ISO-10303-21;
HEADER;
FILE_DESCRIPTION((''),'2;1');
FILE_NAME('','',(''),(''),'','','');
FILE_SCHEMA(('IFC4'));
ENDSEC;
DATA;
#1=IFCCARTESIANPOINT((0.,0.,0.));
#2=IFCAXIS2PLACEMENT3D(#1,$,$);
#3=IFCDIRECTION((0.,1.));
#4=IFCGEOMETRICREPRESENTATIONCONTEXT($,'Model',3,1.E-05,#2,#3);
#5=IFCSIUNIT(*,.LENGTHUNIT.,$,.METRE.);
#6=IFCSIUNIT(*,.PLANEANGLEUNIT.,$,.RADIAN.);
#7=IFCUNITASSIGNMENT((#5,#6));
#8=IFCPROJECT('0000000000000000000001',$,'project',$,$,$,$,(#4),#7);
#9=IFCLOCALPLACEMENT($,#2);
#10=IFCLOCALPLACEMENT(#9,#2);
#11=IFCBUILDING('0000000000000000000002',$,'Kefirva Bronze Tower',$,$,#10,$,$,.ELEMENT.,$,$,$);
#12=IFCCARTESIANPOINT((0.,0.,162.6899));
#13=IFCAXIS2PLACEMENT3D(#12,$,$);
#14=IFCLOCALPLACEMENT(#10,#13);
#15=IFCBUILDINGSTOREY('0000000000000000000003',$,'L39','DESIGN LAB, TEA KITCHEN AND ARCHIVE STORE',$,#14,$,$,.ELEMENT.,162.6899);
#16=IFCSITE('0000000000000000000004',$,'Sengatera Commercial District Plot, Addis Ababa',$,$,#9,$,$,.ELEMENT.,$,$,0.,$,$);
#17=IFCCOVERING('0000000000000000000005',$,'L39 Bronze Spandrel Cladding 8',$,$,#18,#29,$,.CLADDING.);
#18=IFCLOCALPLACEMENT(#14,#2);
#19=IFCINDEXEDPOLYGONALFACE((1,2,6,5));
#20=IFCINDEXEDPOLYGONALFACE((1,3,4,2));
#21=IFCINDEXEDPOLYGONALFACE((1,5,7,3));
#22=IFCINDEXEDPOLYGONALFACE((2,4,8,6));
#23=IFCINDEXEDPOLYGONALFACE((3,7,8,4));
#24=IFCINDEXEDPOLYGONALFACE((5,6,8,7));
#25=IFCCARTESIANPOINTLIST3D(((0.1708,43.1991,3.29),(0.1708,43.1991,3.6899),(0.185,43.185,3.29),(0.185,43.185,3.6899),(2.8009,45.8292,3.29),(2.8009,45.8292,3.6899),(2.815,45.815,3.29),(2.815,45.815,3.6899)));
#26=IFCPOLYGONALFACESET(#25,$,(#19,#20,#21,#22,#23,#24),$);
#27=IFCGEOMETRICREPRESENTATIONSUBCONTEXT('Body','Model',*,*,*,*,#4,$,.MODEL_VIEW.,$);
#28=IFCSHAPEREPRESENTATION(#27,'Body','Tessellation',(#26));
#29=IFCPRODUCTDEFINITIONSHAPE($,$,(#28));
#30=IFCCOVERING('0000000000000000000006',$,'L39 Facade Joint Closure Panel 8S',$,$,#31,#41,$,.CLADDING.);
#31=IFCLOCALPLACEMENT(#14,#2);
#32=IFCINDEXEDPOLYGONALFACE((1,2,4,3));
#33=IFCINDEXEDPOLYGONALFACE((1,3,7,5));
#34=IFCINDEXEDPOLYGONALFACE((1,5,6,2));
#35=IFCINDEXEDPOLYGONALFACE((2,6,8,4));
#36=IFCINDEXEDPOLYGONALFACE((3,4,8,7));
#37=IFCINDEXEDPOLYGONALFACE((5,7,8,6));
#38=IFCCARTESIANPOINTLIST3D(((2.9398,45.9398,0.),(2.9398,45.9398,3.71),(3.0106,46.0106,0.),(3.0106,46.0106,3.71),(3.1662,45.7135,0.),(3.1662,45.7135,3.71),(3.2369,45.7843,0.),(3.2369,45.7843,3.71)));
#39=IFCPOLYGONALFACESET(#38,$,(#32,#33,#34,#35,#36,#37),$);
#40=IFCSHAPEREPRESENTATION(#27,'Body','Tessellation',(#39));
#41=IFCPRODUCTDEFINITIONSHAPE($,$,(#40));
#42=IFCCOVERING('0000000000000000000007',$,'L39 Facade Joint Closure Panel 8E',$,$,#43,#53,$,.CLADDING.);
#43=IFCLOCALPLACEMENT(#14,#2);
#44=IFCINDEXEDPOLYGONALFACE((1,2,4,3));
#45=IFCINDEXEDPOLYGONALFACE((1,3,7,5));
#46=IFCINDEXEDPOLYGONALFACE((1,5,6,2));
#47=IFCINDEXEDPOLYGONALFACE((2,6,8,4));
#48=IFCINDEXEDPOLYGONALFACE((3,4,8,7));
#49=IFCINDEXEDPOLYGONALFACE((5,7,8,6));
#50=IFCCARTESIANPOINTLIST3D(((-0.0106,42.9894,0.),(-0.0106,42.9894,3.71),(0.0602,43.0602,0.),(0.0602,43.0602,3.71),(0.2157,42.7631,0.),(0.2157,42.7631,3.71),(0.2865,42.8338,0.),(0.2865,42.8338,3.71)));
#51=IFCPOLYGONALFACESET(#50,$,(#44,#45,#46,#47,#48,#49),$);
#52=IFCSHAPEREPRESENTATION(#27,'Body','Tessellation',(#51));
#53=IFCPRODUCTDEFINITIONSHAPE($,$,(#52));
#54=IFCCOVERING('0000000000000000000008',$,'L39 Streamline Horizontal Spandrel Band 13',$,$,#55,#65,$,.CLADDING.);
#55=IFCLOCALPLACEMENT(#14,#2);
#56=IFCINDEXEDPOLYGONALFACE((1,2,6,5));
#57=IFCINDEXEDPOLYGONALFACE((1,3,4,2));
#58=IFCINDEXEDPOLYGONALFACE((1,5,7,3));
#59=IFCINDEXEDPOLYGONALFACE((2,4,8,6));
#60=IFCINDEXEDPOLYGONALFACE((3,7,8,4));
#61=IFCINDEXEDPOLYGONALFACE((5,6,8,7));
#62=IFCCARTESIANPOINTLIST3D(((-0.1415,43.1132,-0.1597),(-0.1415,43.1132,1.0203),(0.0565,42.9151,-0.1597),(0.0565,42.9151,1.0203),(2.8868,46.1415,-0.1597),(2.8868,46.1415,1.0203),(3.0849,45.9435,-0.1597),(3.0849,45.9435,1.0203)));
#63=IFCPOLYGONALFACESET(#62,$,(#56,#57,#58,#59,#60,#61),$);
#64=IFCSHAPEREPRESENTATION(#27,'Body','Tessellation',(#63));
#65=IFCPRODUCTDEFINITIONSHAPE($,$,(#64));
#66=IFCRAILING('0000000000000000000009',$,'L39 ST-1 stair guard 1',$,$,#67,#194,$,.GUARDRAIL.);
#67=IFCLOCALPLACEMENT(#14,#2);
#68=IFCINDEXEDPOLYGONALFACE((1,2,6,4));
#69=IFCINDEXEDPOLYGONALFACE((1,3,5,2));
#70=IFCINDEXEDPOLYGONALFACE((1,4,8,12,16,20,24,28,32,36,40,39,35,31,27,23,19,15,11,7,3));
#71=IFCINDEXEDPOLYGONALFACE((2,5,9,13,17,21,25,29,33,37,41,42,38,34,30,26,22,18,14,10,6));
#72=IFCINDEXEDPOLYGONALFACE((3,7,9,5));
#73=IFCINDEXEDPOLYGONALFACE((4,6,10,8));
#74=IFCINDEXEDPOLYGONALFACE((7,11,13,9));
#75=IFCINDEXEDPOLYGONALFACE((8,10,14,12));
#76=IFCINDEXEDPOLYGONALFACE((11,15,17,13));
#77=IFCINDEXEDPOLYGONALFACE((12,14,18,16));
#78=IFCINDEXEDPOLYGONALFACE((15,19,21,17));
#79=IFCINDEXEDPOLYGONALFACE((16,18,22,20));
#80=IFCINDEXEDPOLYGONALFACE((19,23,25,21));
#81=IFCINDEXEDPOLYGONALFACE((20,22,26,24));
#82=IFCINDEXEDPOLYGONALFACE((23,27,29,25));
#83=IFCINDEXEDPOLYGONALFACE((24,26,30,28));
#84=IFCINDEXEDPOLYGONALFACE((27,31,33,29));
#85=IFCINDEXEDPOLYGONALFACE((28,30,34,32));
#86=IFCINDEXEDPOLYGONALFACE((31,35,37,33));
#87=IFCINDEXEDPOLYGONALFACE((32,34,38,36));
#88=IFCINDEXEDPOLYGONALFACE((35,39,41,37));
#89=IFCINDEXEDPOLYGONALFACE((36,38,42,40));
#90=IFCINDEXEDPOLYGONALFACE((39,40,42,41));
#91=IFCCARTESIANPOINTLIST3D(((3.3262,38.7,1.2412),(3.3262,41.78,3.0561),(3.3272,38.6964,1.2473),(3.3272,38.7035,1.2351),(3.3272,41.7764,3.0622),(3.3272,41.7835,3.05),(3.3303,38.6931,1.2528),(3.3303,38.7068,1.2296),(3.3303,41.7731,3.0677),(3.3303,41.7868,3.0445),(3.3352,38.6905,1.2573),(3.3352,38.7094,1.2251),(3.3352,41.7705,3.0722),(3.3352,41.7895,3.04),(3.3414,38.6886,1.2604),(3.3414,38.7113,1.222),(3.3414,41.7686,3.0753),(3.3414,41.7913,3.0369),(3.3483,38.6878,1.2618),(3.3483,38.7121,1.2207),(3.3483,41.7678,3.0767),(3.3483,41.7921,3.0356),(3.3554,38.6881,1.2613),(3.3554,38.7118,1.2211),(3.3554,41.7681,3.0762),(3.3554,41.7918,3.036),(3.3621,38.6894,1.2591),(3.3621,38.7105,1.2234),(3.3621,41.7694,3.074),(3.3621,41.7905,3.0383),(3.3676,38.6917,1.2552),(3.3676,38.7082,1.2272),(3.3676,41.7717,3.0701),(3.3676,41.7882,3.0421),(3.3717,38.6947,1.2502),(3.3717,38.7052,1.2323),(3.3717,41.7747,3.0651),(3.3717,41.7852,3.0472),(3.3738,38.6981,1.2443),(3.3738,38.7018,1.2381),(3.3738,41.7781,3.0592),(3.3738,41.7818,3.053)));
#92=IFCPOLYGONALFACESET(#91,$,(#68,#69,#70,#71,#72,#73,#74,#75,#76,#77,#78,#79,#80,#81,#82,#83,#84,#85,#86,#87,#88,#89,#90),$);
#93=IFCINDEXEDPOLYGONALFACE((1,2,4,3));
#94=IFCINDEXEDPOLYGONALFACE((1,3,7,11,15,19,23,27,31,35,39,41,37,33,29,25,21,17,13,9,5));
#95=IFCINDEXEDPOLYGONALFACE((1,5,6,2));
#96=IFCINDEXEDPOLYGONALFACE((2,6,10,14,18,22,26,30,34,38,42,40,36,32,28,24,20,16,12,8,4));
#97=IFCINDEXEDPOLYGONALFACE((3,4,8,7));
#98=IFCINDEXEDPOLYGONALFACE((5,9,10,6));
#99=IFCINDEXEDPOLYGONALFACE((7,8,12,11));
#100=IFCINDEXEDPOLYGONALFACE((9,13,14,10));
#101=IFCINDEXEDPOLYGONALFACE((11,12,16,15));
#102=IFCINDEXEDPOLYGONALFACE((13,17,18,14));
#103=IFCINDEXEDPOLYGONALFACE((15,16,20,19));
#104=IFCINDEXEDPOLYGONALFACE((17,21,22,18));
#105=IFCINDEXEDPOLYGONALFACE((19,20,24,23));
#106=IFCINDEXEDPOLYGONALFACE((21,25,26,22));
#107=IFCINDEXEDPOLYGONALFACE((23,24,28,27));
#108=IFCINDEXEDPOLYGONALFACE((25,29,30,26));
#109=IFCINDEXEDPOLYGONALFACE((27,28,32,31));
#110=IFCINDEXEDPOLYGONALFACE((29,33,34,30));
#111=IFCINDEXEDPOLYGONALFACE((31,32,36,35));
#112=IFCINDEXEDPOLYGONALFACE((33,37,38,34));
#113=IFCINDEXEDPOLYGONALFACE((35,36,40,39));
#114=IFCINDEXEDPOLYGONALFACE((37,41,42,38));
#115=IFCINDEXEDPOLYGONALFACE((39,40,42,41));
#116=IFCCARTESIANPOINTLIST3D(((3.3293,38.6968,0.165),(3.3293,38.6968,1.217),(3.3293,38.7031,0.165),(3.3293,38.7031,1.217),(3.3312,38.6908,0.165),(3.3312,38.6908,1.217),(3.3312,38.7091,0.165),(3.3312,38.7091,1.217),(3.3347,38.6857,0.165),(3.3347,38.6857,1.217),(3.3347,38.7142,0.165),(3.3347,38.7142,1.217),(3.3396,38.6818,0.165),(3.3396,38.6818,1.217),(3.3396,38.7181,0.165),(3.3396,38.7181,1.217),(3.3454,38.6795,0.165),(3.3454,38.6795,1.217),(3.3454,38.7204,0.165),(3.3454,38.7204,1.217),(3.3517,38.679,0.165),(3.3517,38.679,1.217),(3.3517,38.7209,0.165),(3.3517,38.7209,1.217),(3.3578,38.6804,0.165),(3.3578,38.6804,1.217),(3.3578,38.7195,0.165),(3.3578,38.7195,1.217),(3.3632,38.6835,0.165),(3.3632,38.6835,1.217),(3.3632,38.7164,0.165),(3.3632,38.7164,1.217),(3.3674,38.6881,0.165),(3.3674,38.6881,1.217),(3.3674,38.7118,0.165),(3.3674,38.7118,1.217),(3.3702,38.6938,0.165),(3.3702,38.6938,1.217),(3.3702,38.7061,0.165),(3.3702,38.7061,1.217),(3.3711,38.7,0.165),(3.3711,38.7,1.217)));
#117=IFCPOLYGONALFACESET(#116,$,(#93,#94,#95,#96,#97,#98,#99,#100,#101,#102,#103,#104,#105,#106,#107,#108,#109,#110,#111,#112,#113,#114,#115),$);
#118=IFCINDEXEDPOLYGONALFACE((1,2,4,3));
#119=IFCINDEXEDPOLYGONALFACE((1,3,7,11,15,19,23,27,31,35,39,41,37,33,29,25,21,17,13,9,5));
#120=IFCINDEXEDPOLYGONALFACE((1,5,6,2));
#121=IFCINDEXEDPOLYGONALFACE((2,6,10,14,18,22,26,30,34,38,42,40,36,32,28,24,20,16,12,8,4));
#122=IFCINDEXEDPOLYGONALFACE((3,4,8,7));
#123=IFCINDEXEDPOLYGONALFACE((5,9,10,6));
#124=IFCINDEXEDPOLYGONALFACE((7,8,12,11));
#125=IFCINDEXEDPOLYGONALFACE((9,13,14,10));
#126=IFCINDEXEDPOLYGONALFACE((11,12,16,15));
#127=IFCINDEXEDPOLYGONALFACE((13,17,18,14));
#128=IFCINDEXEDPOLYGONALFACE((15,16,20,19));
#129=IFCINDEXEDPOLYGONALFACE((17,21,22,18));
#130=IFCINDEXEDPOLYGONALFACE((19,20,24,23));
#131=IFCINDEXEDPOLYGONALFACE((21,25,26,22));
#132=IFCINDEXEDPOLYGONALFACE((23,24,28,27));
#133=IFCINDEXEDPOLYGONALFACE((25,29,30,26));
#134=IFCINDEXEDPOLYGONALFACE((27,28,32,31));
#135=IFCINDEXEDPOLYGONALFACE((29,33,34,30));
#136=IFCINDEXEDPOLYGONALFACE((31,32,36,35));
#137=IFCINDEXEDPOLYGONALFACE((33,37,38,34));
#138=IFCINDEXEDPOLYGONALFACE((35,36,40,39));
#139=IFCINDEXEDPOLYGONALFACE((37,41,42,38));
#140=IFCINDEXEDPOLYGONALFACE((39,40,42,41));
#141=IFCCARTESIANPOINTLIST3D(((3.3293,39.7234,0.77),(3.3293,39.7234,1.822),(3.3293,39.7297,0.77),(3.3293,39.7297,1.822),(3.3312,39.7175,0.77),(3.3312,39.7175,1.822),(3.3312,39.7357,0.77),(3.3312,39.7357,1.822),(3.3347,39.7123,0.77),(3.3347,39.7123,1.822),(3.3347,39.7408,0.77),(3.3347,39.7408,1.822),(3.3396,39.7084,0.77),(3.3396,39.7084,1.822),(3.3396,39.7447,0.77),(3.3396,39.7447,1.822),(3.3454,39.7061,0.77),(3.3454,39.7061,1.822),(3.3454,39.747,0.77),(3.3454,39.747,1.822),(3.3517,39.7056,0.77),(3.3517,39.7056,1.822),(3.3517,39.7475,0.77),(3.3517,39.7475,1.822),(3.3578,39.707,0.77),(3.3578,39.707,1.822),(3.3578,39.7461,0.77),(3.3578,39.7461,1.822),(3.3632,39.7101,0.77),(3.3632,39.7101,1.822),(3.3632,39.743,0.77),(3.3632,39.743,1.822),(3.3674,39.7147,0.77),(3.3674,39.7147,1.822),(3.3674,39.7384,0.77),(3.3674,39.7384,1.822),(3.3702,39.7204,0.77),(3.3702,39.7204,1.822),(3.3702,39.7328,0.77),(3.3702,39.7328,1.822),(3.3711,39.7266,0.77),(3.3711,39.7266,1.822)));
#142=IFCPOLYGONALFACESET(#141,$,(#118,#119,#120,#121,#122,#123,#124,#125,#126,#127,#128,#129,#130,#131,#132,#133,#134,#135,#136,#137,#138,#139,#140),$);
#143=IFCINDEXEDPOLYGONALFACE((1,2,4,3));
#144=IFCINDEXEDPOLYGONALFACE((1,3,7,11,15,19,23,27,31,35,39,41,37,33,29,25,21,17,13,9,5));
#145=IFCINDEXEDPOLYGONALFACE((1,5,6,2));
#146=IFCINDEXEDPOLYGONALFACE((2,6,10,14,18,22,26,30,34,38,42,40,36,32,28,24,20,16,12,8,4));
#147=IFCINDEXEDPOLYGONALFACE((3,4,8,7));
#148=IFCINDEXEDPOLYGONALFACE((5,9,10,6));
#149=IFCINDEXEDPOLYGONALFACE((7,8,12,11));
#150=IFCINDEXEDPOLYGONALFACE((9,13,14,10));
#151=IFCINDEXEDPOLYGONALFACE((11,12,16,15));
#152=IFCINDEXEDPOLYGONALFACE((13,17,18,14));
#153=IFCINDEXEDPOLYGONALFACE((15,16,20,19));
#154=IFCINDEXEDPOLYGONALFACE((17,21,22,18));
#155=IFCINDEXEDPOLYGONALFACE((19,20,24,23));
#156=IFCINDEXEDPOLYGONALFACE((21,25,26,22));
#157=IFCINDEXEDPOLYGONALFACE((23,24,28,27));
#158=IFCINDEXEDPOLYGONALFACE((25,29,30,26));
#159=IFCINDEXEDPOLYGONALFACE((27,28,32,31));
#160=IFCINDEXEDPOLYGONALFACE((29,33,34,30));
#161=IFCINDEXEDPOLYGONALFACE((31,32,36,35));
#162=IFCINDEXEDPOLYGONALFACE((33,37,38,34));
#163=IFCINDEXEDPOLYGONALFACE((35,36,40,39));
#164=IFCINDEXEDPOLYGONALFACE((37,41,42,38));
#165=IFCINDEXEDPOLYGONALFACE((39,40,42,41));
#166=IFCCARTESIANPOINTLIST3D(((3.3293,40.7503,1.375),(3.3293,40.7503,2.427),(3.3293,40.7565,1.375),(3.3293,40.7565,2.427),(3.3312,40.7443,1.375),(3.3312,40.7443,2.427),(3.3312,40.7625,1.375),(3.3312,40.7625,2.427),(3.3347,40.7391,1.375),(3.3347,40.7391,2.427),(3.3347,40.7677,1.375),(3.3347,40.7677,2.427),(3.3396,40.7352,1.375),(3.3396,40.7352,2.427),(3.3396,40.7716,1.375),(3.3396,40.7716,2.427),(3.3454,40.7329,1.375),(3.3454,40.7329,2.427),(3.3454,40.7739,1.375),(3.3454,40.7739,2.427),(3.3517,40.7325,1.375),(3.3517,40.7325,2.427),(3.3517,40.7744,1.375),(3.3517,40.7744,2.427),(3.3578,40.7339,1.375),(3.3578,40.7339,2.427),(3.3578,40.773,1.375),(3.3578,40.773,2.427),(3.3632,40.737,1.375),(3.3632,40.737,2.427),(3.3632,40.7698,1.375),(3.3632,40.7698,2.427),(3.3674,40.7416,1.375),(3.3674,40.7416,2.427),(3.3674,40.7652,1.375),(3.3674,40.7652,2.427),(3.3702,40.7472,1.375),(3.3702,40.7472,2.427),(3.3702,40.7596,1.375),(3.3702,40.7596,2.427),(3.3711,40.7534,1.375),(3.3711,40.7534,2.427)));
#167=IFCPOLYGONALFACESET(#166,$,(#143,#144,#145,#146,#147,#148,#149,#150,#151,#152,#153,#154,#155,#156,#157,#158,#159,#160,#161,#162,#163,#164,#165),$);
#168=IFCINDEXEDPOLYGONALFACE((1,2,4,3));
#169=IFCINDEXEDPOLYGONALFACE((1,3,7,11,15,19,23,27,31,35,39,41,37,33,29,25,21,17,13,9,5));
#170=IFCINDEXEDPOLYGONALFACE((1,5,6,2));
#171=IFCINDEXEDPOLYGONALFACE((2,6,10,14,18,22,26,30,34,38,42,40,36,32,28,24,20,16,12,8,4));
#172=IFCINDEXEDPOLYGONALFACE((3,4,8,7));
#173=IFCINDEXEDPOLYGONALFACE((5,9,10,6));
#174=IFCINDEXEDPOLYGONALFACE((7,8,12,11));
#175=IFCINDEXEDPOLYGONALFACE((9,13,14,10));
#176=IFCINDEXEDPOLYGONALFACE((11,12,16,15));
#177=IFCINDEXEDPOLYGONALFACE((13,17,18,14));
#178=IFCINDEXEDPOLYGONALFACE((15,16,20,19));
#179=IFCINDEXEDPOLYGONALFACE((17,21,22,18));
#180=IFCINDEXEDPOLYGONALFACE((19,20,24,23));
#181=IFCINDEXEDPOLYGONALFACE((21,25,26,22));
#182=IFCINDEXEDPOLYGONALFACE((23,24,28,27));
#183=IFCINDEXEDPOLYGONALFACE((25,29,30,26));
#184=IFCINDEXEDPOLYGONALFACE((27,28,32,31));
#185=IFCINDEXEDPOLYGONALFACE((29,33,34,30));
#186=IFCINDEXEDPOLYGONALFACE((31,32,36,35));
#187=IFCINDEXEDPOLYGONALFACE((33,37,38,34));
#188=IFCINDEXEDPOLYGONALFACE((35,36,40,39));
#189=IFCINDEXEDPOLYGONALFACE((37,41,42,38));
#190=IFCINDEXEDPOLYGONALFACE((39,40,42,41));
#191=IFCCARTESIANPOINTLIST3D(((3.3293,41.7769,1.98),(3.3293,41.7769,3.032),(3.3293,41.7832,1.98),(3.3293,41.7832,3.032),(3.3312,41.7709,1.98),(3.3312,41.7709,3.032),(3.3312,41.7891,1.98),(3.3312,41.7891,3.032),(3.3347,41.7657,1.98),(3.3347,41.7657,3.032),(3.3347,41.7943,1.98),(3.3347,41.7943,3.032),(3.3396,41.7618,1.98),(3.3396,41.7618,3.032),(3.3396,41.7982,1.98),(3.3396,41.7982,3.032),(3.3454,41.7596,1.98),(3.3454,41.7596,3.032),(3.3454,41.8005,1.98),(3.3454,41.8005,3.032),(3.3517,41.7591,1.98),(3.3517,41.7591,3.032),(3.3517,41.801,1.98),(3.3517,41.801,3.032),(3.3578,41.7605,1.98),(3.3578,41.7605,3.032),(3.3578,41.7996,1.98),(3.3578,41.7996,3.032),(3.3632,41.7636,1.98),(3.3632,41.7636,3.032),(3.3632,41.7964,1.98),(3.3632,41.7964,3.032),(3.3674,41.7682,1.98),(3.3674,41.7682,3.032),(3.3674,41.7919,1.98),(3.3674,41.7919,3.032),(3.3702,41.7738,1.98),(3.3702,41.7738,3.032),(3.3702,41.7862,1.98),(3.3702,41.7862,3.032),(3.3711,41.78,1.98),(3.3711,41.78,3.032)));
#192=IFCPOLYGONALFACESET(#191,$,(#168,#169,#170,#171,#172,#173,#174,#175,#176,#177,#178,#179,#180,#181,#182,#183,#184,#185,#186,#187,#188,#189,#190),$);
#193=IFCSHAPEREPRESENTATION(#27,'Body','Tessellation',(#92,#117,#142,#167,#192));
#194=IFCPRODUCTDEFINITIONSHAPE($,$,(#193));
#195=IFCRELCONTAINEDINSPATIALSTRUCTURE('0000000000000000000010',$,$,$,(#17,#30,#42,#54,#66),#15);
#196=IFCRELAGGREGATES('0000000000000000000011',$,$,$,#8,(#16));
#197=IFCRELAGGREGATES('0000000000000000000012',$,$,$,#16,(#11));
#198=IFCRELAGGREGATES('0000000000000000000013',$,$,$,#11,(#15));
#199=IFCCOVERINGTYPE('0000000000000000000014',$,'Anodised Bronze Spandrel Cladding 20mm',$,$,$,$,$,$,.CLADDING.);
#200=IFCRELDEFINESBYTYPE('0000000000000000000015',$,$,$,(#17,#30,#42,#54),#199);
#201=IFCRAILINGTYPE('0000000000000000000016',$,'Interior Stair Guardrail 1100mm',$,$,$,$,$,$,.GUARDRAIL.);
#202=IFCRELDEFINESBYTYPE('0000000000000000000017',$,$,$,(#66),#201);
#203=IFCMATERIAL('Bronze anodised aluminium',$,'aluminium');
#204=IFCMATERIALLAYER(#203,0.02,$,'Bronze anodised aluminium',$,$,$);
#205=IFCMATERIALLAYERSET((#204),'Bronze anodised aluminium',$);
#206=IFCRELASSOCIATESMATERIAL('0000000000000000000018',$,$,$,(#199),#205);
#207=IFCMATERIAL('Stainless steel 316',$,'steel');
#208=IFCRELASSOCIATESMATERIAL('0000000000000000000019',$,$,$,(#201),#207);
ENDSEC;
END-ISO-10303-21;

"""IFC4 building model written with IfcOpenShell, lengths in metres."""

from ifc_helpers import new_model, si_unit, direction, frame, origin, origin_2d, place, context, subcontext, project, spatial, rectangle, circle, extrude, material, layer, layer_set, type_object, element, save


model = new_model("IFC4")

# Units and contexts
model_context = context("Model", 3, precision=1e-05, world=origin(), true_north=direction((0.0, 1.0)))
body_context = subcontext(model_context, "Body", "Model", "MODEL_VIEW")
ifc_project = project(units=[si_unit("LENGTHUNIT", "METRE"), si_unit("PLANEANGLEUNIT", "RADIAN")], contexts=[model_context])

# Site, building, storey
site_placement = place(None, origin())
site = spatial("IfcSite", under=ifc_project, at=site_placement, Name="Sengatera Commercial District Plot, Addis Ababa", CompositionType="ELEMENT", RefElevation=0.0)
building_placement = place(site_placement, origin())
building = spatial("IfcBuilding", under=site, at=building_placement, Name="Kefirva Bronze Tower", CompositionType="ELEMENT")
storey_placement = place(building_placement, frame((0.0, 0.0, 162.6899)))
storey = spatial("IfcBuildingStorey", under=building, at=storey_placement, Name="L39", Description="DESIGN LAB, TEA KITCHEN AND ARCHIVE STORE", CompositionType="ELEMENT", Elevation=162.6899)

# Shared definitions
ifc_material_1 = material(Name="Bronze anodised aluminium", Category="aluminium")

# Coverings
ifc_layer_1 = layer(ifc_material_1, 0.02, Name="Bronze anodised aluminium")
ifc_layer_set_1 = layer_set([ifc_layer_1], Name="Bronze anodised aluminium")
covering_type_1 = type_object("IfcCoveringType", Name="Anodised Bronze Spandrel Cladding 20mm", PredefinedType="CLADDING", material=ifc_layer_set_1)
covering_1_placement = place(storey_placement, frame((1.4929, 44.5071, 3.29), z_axis=(0.0, 0.0, 1.0), x_axis=(-0.707107, -0.707107, 0.0)))
element("IfcCovering", 1, at=covering_1_placement, inside=storey, type_object=covering_type_1, Name="L39 Bronze Spandrel Cladding 8", PredefinedType="CLADDING", context=body_context, shape_type="SweptSolid", body=[
    extrude(rectangle(XDim=3.7195, YDim=0.02, at=origin_2d()), origin(), (0.0, 0.0, 1.0), 0.3999),
])
for number, where, z_axis, x_axis, name in (
    (2, (3.0884, 45.8621, 0.0), (0.0, 0.0, 1.0), (-0.707107, -0.707107, 0.0), "L39 Facade Joint Closure Panel 8S"),
    (3, (0.1379, 42.9116, 0.0), (0.0, 0.0, 1.0), (-0.707107, -0.707107, 0.0), "L39 Facade Joint Closure Panel 8E"),
):
    element("IfcCovering", number, at=place(storey_placement, frame(where, z_axis=z_axis, x_axis=x_axis)), inside=storey, type_object=covering_type_1, Name=name, PredefinedType="CLADDING", context=body_context, shape_type="SweptSolid", body=[
        extrude(rectangle(XDim=0.1001, YDim=0.3201, at=origin_2d()), origin(), (0.0, 0.0, 1.0), 3.71),
    ])
covering_2_placement = place(storey_placement, frame((1.4717, 44.5283, -0.1597), z_axis=(0.0, 0.0, 1.0), x_axis=(-0.707107, -0.707107, 0.0)))
element("IfcCovering", 4, at=covering_2_placement, inside=storey, type_object=covering_type_1, Name="L39 Streamline Horizontal Spandrel Band 13", PredefinedType="CLADDING", context=body_context, shape_type="SweptSolid", body=[
    extrude(rectangle(XDim=4.2827, YDim=0.28, at=origin_2d()), origin(), (0.0, 0.0, 1.0), 1.1799),
])

# Railing
ifc_material_2 = material(Name="Stainless steel 316", Category="steel")
railing_type_1 = type_object("IfcRailingType", Name="Interior Stair Guardrail 1100mm", PredefinedType="GUARDRAIL", material=ifc_material_2)
railing_1_placement = place(storey_placement, frame((3.3501, 38.7, 0.165)))
element("IfcRailing", 5, at=railing_1_placement, inside=storey, type_object=railing_type_1, Name="L39 ST-1 stair guard 1", PredefinedType="GUARDRAIL", context=body_context, shape_type="SweptSolid", body=[
    extrude(circle(Radius=0.0239, at=origin_2d()), frame((0.0, 0.0, 1.0762), z_axis=(0.0, 0.861551, 0.507671), x_axis=(-1.0, 0.0, 0.0)), (0.0, 0.0, 1.0), 3.575),
    extrude(circle(Radius=0.021, at=origin_2d()), origin(), (0.0, 0.0, 1.0), 1.052),
    extrude(circle(Radius=0.021, at=origin_2d()), frame((0.0, 1.0266, 0.605)), (0.0, 0.0, 1.0), 1.052),
    extrude(circle(Radius=0.021, at=origin_2d()), frame((0.0, 2.0535, 1.21)), (0.0, 0.0, 1.0), 1.052),
    extrude(circle(Radius=0.021, at=origin_2d()), frame((0.0, 3.0801, 1.8149)), (0.0, 0.0, 1.0), 1.052),
])

save(model, "model.ifc")
